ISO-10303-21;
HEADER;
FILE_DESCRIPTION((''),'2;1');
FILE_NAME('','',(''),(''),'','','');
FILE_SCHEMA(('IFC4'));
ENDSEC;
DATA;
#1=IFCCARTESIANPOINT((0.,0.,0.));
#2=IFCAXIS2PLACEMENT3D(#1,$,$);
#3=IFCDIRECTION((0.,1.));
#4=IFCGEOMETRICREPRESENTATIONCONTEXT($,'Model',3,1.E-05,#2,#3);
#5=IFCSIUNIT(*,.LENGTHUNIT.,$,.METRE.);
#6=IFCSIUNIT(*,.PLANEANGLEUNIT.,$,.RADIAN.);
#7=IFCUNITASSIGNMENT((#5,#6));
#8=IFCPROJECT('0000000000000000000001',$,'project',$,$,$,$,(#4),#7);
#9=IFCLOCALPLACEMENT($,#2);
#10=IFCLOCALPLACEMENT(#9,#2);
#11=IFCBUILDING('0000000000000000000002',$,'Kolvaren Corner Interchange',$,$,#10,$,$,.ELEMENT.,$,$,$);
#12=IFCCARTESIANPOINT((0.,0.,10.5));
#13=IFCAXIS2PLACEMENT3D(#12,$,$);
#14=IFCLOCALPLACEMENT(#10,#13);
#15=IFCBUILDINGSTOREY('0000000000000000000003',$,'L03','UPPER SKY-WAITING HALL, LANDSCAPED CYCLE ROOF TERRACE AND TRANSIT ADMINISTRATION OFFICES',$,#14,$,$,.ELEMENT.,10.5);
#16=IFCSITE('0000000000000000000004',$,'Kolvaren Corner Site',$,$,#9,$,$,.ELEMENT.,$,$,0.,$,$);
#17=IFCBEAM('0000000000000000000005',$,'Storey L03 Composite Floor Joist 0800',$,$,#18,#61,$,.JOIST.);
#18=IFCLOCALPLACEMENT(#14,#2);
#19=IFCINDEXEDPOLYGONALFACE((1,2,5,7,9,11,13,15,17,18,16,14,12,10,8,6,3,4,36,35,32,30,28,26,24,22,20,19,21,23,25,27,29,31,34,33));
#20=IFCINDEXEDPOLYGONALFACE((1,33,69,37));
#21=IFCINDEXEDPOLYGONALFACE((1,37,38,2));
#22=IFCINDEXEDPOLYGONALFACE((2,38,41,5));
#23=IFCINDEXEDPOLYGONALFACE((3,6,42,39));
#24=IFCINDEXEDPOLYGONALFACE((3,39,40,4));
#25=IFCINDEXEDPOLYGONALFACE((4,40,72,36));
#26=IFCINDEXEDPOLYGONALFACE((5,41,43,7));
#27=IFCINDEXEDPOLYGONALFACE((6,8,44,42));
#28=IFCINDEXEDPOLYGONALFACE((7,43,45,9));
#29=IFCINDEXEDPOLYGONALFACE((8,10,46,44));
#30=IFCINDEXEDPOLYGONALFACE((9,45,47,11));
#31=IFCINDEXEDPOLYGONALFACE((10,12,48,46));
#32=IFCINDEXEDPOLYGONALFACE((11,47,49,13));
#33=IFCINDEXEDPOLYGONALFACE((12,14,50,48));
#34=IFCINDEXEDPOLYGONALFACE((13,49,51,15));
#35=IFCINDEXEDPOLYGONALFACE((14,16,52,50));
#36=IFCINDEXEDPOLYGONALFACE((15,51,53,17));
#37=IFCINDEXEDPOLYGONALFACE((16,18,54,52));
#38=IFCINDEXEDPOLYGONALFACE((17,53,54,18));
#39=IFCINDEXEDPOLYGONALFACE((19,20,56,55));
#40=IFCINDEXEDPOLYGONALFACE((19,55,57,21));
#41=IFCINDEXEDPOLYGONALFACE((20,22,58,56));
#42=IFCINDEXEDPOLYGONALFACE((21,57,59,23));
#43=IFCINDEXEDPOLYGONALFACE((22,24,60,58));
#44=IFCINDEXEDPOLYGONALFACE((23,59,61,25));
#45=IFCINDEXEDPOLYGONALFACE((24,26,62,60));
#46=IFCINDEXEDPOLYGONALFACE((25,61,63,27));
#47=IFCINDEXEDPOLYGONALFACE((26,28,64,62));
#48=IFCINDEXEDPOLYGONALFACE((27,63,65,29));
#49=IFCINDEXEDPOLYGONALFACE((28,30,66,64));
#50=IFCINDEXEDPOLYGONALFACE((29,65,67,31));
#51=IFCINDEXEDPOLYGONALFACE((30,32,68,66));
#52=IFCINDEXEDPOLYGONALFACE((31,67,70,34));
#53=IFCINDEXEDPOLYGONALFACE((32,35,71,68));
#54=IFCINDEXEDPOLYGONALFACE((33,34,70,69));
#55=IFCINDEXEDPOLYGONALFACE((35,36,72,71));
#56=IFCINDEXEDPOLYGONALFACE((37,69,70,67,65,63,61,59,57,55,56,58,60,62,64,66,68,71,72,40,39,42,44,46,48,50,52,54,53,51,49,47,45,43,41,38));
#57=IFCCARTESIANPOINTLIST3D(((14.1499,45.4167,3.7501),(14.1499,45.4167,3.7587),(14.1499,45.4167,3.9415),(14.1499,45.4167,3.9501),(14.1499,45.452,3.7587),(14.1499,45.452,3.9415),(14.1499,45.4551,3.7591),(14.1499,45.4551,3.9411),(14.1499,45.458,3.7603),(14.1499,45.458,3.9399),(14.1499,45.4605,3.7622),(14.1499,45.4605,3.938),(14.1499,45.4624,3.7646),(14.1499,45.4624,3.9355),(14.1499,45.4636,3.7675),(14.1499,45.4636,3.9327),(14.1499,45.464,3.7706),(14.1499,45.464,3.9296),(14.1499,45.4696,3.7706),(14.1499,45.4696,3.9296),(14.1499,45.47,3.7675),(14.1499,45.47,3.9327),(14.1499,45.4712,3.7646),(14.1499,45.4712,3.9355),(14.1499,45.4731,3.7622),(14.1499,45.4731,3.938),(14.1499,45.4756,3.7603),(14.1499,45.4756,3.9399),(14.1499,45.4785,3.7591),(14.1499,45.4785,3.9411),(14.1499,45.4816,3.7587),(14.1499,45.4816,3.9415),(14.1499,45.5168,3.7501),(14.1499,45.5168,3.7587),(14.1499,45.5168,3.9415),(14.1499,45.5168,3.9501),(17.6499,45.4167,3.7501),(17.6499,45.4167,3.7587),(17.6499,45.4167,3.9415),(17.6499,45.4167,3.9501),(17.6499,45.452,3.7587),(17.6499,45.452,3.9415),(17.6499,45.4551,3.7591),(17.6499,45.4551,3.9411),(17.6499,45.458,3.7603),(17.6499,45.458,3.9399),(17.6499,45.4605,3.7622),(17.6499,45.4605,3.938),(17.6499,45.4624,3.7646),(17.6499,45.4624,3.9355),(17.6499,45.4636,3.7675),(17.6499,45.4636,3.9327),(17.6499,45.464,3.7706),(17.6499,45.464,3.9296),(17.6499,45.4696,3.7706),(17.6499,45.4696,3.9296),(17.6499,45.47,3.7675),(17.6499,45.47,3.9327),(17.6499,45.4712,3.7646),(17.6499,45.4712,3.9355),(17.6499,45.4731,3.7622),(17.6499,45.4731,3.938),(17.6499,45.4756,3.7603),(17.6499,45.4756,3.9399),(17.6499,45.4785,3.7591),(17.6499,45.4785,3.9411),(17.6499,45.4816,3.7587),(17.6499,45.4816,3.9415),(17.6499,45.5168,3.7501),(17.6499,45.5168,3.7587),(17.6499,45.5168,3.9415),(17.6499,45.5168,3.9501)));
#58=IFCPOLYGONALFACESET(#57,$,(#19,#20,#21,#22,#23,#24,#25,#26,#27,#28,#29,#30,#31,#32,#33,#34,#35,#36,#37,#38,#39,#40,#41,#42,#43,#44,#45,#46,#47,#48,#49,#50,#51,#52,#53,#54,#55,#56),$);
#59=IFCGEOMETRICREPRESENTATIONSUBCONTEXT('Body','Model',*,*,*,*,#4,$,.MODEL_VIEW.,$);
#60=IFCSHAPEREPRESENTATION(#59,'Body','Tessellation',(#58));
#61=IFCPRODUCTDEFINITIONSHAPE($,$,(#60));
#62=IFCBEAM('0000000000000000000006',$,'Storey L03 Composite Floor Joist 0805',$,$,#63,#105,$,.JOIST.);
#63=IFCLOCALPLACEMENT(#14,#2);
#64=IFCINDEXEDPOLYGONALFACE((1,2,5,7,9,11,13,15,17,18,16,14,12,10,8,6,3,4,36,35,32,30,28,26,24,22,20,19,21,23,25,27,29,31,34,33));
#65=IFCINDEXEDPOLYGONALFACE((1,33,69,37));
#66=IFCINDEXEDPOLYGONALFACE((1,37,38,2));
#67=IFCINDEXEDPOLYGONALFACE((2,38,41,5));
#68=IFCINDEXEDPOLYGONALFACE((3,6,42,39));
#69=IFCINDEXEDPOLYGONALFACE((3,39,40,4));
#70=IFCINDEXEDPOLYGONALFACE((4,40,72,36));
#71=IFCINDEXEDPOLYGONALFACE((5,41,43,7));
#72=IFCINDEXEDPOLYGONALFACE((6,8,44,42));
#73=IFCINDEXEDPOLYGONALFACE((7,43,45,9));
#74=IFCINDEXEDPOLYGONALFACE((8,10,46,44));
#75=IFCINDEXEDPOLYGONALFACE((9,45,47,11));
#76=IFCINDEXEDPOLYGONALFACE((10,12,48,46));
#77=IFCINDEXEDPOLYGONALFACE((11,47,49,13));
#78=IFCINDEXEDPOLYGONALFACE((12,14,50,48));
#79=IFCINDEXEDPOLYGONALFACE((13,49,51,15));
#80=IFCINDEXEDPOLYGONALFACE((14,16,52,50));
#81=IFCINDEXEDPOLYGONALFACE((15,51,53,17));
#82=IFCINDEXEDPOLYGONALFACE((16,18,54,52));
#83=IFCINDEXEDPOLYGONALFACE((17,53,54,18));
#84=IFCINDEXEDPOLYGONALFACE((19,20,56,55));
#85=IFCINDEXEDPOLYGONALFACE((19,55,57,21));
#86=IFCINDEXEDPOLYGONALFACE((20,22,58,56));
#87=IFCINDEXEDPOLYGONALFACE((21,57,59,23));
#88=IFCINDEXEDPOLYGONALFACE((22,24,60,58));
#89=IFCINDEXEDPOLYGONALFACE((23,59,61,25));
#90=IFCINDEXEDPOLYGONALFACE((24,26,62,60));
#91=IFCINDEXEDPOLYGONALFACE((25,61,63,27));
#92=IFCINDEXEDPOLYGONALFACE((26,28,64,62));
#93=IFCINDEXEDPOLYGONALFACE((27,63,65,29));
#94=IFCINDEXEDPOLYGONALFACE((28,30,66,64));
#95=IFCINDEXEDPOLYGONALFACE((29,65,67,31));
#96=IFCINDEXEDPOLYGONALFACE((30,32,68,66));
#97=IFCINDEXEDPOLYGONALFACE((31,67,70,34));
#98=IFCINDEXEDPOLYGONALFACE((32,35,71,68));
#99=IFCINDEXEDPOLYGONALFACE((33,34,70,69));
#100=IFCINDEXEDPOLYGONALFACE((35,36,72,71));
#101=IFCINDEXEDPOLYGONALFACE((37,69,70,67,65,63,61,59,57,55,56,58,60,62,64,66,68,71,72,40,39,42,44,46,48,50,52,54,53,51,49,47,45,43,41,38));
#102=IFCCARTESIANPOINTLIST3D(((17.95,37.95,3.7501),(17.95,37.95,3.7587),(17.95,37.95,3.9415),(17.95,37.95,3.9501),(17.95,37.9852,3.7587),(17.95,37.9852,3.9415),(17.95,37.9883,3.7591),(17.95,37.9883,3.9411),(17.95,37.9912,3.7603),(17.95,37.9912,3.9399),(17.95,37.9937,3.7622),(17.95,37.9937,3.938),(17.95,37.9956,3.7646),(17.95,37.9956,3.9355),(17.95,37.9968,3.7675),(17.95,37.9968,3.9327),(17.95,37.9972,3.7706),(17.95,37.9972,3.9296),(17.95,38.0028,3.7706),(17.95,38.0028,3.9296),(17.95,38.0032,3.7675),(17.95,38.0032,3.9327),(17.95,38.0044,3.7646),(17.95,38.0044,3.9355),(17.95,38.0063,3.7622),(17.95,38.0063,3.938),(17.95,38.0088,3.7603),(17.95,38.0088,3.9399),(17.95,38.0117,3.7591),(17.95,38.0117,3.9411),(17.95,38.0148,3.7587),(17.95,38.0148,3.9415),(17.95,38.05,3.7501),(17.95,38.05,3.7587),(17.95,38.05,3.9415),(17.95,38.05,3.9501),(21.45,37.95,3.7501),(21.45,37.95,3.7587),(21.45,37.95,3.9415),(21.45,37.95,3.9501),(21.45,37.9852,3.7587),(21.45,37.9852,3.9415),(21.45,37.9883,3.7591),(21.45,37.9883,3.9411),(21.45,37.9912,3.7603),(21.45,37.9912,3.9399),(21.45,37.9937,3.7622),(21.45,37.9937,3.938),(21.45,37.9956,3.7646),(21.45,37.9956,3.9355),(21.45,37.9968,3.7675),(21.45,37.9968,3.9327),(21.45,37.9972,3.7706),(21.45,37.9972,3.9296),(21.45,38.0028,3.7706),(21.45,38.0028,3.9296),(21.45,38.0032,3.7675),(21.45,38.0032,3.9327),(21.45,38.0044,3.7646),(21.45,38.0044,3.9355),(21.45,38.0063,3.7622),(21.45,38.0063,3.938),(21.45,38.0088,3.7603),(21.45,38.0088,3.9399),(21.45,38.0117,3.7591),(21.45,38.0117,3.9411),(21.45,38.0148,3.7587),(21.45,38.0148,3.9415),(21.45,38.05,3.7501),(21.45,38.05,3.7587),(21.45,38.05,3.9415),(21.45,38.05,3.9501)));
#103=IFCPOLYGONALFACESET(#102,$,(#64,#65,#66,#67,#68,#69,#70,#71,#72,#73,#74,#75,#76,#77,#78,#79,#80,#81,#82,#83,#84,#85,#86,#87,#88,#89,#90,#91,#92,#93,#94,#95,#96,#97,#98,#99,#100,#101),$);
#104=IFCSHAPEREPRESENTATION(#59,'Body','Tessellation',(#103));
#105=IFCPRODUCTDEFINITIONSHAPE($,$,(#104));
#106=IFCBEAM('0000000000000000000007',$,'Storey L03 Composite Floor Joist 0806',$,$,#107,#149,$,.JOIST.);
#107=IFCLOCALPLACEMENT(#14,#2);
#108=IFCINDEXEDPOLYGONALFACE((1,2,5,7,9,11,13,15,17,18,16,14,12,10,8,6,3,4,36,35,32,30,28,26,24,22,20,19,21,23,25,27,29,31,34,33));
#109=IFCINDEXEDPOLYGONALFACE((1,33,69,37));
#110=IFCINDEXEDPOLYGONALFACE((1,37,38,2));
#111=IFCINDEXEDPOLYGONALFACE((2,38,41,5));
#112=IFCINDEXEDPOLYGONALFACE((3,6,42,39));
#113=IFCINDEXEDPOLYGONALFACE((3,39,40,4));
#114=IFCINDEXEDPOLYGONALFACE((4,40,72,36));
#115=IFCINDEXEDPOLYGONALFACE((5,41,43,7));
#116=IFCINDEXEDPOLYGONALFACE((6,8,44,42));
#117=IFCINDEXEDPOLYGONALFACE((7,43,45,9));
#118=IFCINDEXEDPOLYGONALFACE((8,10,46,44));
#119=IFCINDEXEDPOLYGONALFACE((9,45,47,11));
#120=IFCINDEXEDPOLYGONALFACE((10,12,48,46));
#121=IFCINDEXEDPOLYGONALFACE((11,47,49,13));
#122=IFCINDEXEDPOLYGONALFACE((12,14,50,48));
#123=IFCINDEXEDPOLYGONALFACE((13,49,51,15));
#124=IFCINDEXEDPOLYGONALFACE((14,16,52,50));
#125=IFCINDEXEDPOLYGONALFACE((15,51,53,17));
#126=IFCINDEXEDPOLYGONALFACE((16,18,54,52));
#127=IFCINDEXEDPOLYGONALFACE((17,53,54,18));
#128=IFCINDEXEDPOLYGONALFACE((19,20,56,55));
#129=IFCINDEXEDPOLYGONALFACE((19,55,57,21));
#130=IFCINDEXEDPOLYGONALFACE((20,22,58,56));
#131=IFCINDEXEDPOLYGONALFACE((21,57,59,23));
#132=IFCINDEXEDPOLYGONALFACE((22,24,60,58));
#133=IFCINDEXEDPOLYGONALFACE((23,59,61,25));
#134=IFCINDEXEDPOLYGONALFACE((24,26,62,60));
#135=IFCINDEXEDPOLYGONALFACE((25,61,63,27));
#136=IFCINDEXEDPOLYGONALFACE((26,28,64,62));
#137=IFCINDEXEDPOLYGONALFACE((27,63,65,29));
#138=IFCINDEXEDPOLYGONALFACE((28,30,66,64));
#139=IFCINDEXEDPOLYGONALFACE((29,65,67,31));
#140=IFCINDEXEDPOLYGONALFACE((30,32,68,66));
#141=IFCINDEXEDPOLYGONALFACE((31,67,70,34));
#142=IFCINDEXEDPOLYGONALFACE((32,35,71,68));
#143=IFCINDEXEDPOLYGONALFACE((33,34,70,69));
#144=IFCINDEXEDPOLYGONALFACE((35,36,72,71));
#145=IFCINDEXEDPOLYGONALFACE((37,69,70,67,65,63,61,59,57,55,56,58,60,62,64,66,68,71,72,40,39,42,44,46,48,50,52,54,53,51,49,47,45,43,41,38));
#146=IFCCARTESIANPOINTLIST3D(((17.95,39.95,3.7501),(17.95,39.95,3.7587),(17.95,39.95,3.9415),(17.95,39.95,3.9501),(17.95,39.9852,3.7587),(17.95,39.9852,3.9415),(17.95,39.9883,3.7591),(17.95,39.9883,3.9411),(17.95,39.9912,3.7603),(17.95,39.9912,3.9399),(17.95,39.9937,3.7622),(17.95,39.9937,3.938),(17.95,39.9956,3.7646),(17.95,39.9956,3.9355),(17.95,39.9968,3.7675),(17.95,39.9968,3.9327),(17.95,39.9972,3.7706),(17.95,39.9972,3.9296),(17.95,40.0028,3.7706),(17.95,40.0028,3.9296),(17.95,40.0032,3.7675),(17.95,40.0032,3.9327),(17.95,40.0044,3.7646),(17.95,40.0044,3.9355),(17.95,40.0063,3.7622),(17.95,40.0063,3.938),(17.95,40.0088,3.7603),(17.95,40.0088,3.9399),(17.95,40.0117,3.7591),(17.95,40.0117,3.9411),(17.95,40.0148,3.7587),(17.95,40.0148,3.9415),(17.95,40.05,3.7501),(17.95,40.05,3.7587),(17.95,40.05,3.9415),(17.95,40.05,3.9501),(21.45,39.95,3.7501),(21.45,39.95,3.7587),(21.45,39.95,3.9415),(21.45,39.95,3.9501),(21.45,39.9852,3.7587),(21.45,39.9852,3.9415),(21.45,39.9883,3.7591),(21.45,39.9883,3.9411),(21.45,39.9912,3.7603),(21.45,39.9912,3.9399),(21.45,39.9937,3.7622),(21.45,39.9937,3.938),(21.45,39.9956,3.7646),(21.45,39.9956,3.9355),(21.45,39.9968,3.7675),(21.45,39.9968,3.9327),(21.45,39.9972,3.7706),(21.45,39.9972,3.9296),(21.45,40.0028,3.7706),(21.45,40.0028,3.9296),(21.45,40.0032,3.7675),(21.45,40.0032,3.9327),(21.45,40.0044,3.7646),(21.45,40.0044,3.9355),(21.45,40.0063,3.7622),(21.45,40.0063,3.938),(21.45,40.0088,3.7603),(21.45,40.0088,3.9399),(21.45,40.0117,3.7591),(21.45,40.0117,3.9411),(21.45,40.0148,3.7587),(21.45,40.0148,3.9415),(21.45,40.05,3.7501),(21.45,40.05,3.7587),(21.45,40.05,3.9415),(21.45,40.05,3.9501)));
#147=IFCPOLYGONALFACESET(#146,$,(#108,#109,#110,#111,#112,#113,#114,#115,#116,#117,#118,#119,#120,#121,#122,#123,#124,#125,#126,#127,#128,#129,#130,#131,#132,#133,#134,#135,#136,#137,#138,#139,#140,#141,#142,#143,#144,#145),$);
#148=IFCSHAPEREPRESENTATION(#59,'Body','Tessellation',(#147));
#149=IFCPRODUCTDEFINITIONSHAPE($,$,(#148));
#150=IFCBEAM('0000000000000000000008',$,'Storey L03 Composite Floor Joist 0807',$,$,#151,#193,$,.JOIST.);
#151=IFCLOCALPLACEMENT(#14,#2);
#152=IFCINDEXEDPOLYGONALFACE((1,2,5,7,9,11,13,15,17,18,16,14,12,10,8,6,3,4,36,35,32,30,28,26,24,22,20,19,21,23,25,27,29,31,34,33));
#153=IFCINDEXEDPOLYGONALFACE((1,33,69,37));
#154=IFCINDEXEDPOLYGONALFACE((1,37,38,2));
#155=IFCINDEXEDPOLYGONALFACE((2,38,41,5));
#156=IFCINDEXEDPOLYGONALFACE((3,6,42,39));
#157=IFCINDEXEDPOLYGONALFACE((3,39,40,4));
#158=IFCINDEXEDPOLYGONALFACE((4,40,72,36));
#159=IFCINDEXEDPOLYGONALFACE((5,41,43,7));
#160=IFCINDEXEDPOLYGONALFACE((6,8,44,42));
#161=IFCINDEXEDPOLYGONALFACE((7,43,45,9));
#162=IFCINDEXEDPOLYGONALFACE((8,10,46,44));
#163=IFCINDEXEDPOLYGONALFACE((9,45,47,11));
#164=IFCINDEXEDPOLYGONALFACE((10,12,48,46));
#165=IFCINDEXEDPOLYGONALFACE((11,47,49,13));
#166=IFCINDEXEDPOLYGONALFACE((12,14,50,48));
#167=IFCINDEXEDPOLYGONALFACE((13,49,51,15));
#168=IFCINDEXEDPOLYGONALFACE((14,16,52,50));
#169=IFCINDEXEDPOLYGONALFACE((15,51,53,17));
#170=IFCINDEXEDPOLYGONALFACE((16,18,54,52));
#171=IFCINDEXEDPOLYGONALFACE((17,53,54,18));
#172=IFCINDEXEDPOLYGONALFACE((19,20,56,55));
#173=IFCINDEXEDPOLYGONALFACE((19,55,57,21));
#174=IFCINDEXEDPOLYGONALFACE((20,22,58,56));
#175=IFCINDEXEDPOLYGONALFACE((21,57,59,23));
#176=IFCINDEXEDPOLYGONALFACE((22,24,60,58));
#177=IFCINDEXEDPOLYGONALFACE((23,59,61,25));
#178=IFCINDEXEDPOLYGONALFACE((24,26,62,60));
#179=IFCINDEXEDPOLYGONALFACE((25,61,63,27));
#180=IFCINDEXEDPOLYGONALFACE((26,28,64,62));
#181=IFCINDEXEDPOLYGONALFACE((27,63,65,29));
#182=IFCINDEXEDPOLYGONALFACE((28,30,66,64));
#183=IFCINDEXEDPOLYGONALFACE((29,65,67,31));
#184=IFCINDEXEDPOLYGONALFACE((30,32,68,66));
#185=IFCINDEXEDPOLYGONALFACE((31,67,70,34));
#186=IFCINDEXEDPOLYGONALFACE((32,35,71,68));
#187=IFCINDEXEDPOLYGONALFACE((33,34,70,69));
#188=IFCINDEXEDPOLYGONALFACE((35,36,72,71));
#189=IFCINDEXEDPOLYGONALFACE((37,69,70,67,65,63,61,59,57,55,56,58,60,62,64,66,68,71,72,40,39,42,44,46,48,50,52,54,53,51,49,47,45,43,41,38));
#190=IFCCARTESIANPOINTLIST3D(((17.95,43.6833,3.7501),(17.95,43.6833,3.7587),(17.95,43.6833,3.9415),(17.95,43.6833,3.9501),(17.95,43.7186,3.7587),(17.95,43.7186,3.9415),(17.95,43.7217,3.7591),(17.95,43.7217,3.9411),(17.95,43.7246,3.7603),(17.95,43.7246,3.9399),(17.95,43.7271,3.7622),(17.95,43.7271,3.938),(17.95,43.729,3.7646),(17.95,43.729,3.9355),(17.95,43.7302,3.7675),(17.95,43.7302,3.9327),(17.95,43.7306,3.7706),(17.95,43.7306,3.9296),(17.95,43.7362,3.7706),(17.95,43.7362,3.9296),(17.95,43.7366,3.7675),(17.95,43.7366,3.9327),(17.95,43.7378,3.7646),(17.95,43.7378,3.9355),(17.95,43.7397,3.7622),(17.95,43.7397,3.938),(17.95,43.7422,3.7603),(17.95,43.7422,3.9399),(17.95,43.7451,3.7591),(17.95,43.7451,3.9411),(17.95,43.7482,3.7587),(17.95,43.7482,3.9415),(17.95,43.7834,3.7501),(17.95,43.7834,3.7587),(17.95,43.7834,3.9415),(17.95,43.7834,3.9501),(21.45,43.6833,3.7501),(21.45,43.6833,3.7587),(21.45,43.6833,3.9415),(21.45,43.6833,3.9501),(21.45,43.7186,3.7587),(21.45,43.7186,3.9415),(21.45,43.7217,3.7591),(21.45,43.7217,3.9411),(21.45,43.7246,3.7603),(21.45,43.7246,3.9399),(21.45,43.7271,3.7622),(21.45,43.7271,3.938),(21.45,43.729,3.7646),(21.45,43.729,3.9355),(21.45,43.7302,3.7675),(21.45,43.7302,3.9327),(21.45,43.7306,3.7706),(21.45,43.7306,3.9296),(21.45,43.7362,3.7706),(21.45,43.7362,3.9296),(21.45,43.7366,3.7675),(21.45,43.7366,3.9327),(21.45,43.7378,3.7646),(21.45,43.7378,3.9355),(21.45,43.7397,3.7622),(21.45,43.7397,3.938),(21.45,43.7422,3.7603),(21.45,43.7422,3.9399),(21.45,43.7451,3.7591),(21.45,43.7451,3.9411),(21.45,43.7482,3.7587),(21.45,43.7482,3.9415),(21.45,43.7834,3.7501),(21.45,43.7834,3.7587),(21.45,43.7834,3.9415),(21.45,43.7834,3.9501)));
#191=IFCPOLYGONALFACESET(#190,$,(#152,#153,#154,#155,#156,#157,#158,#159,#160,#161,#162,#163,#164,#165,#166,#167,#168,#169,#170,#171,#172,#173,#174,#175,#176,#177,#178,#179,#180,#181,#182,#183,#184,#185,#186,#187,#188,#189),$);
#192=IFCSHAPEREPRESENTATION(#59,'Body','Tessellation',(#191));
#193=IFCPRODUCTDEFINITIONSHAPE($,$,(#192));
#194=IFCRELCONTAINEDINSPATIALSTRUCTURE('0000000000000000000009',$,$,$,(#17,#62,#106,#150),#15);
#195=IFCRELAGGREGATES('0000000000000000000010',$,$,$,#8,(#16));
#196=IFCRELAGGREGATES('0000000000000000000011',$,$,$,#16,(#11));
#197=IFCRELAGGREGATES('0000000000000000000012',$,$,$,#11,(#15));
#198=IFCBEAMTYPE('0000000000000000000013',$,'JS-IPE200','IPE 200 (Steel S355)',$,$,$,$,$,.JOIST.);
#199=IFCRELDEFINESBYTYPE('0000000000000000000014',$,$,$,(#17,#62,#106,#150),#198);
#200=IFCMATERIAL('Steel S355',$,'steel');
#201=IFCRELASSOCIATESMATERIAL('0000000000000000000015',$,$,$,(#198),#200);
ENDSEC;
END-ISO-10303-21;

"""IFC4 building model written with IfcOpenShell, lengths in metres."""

from ifc_helpers import new_model, si_unit, direction, frame, origin, origin_2d, place, context, subcontext, project, spatial, i_section, extrude, material, material_profile, profile_set, type_object, element, save


model = new_model("IFC4")

# Units and contexts
model_context = context("Model", 3, precision=1e-05, world=origin(), true_north=direction((0.0, 1.0)))
body_context = subcontext(model_context, "Body", "Model", "MODEL_VIEW")
ifc_project = project(units=[si_unit("LENGTHUNIT", "METRE"), si_unit("PLANEANGLEUNIT", "RADIAN")], contexts=[model_context])

# Site, building, storey
site_placement = place(None, origin())
site = spatial("IfcSite", under=ifc_project, at=site_placement, Name="Kolvaren Corner Site", CompositionType="ELEMENT", RefElevation=0.0)
building_placement = place(site_placement, origin())
building = spatial("IfcBuilding", under=site, at=building_placement, Name="Kolvaren Corner Interchange", CompositionType="ELEMENT")
storey_placement = place(building_placement, frame((0.0, 0.0, 10.5)))
storey = spatial("IfcBuildingStorey", under=building, at=storey_placement, Name="L03", Description="UPPER SKY-WAITING HALL, LANDSCAPED CYCLE ROOF TERRACE AND TRANSIT ADMINISTRATION OFFICES", CompositionType="ELEMENT", Elevation=10.5)

# Beams
ifc_material_1 = material(Name="Steel S355", Category="steel")
ifc_material_profile_1 = material_profile(ifc_material_1, i_section(OverallWidth=0.1001, OverallDepth=0.2, WebThickness=0.0056, FlangeThickness=0.0085, FilletRadius=0.012, at=origin_2d()), Name="IPE 200")
ifc_profile_set_1 = profile_set([ifc_material_profile_1], Name="Steel S355")
beam_type_1 = type_object("IfcBeamType", Name="JS-IPE200", Description="IPE 200 (Steel S355)", PredefinedType="JOIST", material=ifc_profile_set_1)
for number, where, z_axis, x_axis, name in (
    (1, (14.1499, 45.4668, 3.8501), (1.0, 0.0, 0.0), (0.0, 1.0, 0.0), "Storey L03 Composite Floor Joist 0800"),
    (2, (17.95, 38.0, 3.8501), (1.0, 0.0, 0.0), (0.0, 1.0, 0.0), "Storey L03 Composite Floor Joist 0805"),
    (3, (17.95, 40.0, 3.8501), (1.0, 0.0, 0.0), (0.0, 1.0, 0.0), "Storey L03 Composite Floor Joist 0806"),
    (4, (17.95, 43.7334, 3.8501), (1.0, 0.0, 0.0), (0.0, 1.0, 0.0), "Storey L03 Composite Floor Joist 0807"),
):
    element("IfcBeam", number, at=place(storey_placement, frame(where, z_axis=z_axis, x_axis=x_axis)), inside=storey, type_object=beam_type_1, Name=name, PredefinedType="JOIST", context=body_context, shape_type="SweptSolid", body=[
        extrude(i_section(OverallWidth=0.1001, OverallDepth=0.2, WebThickness=0.0056, FlangeThickness=0.0085, FilletRadius=0.012, at=origin_2d()), origin(), (0.0, 0.0, 1.0), 3.5),
    ])

save(model, "model.ifc")
